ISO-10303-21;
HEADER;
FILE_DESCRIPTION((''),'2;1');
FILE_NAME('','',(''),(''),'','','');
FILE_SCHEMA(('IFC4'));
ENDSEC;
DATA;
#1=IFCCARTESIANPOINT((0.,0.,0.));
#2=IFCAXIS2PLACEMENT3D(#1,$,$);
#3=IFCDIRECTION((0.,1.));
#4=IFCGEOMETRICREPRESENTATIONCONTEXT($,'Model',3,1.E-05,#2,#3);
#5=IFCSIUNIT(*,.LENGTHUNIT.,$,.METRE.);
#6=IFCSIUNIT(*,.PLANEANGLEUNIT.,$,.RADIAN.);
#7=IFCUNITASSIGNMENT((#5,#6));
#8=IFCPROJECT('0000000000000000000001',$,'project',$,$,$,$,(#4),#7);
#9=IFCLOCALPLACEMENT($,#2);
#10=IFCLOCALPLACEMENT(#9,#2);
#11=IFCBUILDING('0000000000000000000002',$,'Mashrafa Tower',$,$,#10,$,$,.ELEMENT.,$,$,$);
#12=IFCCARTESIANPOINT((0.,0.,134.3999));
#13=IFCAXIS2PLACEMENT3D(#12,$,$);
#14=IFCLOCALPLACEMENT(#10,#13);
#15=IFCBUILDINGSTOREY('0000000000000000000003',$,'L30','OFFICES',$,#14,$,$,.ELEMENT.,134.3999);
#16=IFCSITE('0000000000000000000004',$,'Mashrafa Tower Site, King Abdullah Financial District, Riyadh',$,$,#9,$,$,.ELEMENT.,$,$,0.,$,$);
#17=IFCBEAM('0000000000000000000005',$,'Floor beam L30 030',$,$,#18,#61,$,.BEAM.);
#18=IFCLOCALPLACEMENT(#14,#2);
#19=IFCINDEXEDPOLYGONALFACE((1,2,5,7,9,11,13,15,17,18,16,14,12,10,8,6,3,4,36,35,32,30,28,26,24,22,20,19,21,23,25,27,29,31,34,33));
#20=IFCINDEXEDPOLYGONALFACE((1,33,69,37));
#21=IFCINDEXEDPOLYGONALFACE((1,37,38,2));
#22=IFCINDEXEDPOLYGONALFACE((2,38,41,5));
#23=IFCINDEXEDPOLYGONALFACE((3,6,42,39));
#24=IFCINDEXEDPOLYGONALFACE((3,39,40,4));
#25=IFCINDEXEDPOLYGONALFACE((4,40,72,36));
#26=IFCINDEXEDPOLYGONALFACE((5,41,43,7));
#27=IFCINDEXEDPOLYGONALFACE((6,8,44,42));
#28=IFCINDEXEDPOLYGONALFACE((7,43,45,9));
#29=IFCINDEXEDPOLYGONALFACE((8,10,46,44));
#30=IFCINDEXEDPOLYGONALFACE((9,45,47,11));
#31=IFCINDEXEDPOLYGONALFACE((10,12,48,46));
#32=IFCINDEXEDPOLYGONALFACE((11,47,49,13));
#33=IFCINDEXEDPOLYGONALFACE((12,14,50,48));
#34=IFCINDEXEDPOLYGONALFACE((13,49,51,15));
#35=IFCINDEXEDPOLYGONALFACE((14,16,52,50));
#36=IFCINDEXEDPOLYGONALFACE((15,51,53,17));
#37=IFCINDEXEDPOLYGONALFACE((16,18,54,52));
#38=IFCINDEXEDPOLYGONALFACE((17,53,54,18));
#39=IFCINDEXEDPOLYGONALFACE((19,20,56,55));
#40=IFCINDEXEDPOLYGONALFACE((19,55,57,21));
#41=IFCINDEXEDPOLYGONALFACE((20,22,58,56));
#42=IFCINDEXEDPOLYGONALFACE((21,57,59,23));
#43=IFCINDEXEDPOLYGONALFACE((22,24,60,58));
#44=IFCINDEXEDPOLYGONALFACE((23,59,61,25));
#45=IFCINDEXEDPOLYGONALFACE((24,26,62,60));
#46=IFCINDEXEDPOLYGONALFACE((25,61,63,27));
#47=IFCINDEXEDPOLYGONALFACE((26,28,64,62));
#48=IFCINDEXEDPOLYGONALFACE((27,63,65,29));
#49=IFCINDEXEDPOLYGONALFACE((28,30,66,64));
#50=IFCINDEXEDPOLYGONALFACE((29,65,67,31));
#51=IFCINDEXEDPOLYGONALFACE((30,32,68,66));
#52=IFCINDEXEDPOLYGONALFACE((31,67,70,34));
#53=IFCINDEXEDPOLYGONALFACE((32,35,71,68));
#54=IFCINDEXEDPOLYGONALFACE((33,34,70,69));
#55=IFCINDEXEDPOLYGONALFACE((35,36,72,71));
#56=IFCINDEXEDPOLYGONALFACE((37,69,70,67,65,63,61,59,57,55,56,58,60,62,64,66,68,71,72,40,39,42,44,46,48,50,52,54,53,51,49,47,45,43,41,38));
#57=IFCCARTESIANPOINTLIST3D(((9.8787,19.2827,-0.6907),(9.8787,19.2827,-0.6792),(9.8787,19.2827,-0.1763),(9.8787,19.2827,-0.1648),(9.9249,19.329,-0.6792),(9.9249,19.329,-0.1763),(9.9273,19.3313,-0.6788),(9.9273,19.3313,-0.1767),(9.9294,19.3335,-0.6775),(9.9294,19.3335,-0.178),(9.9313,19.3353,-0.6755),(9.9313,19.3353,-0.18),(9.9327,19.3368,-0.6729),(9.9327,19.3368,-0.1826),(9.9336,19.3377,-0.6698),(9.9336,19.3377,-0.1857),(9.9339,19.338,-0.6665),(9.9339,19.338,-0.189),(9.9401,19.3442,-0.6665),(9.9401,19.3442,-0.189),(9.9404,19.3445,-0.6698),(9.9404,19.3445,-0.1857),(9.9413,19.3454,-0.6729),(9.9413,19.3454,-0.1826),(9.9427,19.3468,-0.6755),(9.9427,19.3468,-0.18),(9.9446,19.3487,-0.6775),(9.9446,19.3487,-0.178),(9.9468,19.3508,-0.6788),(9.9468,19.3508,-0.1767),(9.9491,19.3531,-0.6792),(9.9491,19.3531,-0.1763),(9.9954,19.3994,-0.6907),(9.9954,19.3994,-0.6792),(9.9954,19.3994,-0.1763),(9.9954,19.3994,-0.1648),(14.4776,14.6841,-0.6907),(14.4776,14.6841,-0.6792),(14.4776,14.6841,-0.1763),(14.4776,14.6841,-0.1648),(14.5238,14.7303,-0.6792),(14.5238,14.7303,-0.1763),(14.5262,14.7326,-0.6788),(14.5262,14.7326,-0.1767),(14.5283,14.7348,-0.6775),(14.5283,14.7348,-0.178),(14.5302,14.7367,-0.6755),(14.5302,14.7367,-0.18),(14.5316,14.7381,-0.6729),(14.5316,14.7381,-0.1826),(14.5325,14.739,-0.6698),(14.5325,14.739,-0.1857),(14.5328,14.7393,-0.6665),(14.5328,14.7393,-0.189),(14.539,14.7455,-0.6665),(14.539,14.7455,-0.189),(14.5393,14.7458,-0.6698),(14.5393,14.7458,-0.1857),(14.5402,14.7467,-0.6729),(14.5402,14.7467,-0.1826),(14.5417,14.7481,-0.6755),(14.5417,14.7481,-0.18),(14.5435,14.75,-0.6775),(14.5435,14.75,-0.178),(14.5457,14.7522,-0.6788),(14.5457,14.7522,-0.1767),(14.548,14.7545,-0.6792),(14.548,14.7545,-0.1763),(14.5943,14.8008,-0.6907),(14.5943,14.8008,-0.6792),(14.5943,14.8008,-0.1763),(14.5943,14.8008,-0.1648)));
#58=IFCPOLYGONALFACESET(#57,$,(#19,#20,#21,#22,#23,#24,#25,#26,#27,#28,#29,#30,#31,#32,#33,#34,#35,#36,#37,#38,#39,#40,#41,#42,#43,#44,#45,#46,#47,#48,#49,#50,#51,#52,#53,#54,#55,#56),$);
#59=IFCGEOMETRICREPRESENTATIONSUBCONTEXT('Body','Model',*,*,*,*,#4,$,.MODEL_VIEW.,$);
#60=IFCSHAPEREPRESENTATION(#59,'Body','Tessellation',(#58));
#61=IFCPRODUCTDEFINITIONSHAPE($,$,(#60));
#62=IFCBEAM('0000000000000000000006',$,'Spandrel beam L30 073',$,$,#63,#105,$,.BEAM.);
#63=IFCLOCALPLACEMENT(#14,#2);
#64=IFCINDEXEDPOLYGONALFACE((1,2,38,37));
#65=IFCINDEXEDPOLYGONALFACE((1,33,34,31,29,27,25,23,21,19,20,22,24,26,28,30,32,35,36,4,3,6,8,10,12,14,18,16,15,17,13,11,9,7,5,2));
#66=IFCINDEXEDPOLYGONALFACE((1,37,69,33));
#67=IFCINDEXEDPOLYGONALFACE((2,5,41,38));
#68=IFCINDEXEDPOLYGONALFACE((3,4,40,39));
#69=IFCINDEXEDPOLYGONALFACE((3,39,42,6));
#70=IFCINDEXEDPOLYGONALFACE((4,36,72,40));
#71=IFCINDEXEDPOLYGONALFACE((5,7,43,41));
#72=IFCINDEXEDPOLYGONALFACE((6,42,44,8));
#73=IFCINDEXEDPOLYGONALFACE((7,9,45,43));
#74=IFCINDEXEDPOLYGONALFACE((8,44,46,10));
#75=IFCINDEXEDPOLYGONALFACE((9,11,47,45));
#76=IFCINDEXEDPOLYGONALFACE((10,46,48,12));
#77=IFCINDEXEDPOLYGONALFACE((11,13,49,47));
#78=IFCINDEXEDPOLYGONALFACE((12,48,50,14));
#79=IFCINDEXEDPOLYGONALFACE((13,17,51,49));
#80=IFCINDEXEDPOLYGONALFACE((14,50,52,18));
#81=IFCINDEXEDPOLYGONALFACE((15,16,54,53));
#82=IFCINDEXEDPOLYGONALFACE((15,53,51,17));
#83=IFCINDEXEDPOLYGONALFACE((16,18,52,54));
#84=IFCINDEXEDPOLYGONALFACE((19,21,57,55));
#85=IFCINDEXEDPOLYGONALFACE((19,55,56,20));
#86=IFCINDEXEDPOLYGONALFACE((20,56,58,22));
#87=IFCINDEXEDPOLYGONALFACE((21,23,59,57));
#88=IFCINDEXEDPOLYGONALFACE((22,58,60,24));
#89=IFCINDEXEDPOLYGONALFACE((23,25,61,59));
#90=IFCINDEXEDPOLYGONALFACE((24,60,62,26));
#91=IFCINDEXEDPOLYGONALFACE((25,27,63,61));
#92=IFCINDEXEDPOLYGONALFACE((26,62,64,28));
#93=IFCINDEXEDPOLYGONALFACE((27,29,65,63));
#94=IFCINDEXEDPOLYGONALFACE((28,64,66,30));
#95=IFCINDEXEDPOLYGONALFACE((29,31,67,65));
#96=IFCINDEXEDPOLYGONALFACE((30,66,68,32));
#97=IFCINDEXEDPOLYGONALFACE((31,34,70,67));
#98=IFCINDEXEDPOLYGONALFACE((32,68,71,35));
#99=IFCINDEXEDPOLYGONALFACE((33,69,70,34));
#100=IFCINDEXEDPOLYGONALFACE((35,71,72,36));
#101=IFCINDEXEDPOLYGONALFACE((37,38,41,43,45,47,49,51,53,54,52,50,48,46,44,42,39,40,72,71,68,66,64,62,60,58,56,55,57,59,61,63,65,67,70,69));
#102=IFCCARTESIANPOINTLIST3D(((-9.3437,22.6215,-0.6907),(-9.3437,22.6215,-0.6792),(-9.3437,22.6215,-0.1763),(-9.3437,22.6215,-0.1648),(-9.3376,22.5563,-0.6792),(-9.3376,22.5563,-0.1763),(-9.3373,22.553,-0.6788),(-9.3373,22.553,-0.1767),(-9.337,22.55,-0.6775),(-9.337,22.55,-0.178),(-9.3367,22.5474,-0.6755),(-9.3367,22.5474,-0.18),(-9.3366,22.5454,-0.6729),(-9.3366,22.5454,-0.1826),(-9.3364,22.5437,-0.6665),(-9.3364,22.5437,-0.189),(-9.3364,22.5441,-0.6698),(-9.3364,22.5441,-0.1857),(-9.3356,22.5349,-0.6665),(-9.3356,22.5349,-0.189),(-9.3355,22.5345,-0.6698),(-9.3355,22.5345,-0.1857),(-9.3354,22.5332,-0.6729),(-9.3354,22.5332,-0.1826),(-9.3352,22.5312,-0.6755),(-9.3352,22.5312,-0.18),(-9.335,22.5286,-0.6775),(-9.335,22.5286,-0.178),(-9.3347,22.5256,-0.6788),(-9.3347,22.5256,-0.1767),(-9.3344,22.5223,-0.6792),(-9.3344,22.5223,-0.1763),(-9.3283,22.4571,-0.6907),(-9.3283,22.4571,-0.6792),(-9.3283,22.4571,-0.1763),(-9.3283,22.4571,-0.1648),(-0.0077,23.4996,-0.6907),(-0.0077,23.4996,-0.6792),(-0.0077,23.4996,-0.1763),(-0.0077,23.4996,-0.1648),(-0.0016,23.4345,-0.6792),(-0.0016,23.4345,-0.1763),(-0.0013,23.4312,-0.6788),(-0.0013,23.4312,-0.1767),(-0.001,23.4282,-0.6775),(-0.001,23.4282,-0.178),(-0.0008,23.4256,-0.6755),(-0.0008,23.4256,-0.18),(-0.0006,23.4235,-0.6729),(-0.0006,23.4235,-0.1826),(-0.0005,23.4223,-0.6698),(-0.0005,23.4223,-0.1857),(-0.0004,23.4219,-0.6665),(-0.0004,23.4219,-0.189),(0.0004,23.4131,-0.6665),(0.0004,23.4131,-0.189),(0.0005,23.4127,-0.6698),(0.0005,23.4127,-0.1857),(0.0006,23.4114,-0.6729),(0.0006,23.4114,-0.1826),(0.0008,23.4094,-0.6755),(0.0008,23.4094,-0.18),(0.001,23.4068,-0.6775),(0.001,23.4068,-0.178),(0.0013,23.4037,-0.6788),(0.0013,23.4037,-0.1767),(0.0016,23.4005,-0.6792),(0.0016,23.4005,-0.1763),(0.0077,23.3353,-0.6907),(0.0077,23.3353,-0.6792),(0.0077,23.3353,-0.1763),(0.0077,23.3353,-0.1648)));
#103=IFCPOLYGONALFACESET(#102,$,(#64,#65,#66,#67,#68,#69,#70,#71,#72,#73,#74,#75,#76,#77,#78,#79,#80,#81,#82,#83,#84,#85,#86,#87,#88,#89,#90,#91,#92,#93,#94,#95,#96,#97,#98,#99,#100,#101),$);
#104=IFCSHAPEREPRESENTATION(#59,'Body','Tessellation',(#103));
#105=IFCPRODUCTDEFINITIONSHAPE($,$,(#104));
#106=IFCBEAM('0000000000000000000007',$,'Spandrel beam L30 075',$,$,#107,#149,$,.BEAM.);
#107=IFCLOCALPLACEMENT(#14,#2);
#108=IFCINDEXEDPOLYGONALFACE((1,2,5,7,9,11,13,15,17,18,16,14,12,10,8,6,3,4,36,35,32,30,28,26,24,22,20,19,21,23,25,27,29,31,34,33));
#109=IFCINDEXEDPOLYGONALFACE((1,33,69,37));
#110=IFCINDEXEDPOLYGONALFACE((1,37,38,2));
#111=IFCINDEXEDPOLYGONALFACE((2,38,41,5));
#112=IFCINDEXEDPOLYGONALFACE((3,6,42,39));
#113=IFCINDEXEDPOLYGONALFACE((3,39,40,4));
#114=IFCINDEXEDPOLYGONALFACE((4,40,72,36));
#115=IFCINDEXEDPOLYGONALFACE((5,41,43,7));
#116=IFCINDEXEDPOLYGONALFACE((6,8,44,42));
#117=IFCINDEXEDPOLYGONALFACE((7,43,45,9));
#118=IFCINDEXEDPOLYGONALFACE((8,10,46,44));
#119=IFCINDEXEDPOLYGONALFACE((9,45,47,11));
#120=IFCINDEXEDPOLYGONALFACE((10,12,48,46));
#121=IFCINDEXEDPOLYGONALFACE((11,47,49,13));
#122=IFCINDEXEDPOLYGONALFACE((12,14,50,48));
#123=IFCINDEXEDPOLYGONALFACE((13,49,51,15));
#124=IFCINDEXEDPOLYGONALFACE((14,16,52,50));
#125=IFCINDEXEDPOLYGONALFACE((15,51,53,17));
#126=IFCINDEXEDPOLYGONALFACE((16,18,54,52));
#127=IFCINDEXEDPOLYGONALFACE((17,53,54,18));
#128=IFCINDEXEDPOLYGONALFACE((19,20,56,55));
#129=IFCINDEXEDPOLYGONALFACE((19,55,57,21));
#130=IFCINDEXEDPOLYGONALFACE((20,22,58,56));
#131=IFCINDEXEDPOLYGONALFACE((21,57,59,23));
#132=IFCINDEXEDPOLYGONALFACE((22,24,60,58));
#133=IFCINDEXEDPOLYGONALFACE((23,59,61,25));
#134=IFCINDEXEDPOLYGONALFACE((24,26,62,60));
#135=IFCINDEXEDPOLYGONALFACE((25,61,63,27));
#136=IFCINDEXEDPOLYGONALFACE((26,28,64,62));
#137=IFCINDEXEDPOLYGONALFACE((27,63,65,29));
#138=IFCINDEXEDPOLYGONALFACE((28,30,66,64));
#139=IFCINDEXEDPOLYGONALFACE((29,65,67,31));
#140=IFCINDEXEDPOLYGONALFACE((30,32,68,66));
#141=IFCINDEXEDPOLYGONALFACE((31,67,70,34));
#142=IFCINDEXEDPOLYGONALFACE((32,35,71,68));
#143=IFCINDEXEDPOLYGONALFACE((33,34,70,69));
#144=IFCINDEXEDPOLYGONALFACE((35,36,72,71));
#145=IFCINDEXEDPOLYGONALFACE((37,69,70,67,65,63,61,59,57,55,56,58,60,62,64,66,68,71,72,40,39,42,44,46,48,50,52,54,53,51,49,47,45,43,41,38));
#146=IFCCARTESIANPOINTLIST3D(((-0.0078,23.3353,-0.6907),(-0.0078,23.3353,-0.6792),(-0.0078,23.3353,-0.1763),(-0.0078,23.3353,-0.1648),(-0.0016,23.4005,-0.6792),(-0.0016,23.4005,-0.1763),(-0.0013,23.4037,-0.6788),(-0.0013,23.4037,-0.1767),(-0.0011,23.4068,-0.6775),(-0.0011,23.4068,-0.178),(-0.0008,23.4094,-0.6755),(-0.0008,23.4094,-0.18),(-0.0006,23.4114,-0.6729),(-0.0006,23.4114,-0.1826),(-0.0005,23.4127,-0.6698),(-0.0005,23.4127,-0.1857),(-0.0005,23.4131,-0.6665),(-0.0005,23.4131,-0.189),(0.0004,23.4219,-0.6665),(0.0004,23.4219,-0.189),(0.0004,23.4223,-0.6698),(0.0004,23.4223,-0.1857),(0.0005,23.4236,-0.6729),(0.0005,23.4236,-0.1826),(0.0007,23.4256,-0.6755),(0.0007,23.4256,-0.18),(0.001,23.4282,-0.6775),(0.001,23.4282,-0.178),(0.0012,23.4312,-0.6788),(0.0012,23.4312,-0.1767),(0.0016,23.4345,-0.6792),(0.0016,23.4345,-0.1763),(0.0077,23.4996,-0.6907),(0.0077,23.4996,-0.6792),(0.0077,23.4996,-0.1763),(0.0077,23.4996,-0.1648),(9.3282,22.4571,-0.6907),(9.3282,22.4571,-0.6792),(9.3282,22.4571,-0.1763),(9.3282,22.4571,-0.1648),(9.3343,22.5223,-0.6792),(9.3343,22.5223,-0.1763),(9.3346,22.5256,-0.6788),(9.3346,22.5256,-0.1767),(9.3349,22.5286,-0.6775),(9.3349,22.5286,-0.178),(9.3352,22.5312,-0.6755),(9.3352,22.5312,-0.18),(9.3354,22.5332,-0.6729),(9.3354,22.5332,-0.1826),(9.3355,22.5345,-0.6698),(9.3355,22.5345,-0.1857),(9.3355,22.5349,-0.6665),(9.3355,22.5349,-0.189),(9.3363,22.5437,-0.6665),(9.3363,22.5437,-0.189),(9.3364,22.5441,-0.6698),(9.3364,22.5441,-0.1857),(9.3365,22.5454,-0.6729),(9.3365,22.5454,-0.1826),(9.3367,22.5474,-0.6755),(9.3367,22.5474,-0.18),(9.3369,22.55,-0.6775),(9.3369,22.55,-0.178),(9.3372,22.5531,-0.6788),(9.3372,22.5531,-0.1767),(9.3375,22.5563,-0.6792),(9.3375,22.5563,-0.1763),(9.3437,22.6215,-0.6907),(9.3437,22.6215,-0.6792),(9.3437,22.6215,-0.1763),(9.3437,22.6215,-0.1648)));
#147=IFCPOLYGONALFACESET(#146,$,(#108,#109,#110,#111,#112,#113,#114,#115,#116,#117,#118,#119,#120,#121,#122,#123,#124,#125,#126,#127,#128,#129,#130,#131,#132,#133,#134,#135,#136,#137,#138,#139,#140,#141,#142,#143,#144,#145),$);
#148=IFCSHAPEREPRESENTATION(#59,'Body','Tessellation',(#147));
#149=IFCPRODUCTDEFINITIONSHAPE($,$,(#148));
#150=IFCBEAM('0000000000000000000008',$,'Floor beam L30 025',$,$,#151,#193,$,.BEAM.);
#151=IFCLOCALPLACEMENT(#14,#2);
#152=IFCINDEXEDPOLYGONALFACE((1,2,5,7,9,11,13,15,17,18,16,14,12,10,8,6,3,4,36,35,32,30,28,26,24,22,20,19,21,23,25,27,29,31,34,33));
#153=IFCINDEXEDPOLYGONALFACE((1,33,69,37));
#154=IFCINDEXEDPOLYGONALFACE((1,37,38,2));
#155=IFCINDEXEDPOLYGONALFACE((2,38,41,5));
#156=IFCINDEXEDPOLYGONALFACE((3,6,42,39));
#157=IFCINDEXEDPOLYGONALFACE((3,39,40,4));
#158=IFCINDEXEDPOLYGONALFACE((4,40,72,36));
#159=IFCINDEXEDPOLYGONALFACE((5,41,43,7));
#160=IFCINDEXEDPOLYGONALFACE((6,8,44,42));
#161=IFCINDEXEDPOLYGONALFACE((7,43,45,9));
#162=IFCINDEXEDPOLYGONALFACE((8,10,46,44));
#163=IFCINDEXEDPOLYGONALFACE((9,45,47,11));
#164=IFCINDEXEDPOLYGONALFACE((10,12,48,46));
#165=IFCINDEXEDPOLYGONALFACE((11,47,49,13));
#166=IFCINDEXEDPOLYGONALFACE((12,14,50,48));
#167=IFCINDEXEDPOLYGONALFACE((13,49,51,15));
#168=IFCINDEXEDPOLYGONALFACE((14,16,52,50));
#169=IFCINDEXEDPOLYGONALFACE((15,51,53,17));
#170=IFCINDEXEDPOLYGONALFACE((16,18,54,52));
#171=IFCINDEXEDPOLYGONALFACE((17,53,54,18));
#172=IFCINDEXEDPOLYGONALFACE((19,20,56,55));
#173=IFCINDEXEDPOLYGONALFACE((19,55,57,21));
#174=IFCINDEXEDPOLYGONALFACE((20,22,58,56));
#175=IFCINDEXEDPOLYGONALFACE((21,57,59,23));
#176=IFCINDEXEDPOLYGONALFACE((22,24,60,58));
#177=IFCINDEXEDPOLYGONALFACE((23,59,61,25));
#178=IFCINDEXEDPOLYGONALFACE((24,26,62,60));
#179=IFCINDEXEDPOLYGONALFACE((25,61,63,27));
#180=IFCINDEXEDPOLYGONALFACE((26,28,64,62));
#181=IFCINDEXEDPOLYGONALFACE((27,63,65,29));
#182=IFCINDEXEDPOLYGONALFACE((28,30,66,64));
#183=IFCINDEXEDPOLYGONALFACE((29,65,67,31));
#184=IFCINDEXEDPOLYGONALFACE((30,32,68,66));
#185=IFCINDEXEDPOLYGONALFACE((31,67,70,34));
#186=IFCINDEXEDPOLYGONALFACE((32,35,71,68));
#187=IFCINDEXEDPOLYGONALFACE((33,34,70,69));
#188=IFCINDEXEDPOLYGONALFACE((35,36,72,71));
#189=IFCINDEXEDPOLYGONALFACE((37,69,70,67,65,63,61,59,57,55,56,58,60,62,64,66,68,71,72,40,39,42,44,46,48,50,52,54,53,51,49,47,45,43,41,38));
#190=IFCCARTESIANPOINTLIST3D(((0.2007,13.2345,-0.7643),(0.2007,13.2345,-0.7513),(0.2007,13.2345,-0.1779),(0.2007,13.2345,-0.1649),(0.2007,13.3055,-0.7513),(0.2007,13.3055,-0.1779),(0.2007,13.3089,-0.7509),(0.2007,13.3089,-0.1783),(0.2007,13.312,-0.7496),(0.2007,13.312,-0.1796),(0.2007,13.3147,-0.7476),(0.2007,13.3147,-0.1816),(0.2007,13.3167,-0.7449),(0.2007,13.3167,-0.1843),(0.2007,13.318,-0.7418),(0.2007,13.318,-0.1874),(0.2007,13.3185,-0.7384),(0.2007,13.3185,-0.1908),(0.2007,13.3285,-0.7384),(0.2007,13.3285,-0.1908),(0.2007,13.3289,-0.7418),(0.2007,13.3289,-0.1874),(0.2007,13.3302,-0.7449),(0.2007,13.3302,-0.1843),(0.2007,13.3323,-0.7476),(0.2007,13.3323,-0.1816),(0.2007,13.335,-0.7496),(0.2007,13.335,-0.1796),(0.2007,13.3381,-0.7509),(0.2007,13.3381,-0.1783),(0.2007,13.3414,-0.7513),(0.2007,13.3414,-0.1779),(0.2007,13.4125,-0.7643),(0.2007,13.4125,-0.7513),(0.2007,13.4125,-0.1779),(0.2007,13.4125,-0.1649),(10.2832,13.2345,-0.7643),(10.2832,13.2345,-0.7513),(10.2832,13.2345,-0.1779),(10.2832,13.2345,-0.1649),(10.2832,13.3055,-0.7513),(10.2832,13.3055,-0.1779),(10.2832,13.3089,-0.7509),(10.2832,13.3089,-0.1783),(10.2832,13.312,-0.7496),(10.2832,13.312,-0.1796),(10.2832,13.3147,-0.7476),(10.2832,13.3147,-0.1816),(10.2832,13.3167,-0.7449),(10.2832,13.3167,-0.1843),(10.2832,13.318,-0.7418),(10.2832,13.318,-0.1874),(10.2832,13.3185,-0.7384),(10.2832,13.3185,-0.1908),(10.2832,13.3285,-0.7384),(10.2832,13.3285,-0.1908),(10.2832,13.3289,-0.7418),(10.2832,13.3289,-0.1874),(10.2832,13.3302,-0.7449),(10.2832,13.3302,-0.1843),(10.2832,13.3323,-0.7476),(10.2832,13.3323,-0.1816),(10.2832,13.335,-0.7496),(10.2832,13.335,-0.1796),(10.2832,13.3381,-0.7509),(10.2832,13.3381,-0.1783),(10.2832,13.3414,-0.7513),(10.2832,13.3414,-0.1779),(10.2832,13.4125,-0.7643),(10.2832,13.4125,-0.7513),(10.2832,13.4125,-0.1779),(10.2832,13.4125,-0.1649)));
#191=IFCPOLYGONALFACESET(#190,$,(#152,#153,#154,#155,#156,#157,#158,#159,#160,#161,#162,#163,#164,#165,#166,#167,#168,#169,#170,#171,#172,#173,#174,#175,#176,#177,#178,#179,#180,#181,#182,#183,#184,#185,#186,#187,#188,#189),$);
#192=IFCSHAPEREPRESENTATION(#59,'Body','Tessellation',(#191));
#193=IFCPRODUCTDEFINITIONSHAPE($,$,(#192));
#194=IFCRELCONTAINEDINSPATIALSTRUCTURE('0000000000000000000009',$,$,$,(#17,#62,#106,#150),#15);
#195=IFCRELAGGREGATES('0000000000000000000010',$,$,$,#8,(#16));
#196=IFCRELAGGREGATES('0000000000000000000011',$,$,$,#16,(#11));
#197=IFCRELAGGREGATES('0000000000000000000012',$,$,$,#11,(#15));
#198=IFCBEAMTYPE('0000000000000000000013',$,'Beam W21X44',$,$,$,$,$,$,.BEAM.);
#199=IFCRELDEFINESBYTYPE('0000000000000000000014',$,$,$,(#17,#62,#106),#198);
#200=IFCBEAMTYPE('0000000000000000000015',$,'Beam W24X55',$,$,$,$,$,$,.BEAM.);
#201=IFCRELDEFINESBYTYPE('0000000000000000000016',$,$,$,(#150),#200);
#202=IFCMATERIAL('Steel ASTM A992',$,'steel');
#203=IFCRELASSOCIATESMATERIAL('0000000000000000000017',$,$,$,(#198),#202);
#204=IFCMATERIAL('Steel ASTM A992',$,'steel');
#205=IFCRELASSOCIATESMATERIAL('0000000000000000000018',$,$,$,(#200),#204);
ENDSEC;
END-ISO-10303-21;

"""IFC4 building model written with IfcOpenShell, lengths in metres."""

from ifc_helpers import new_model, si_unit, direction, frame, origin, origin_2d, place, context, subcontext, project, spatial, i_section, extrude, material, material_profile, profile_set, type_object, element, save


model = new_model("IFC4")

# Units and contexts
model_context = context("Model", 3, precision=1e-05, world=origin(), true_north=direction((0.0, 1.0)))
body_context = subcontext(model_context, "Body", "Model", "MODEL_VIEW")
ifc_project = project(units=[si_unit("LENGTHUNIT", "METRE"), si_unit("PLANEANGLEUNIT", "RADIAN")], contexts=[model_context])

# Site, building, storey
site_placement = place(None, origin())
site = spatial("IfcSite", under=ifc_project, at=site_placement, Name="Mashrafa Tower Site, King Abdullah Financial District, Riyadh", CompositionType="ELEMENT", RefElevation=0.0)
building_placement = place(site_placement, origin())
building = spatial("IfcBuilding", under=site, at=building_placement, Name="Mashrafa Tower", CompositionType="ELEMENT")
storey_placement = place(building_placement, frame((0.0, 0.0, 134.3999)))
storey = spatial("IfcBuildingStorey", under=building, at=storey_placement, Name="L30", Description="OFFICES", CompositionType="ELEMENT", Elevation=134.3999)

# Beams
ifc_material_1 = material(Name="Steel ASTM A992", Category="steel")
ifc_material_profile_1 = material_profile(ifc_material_1, i_section(OverallWidth=0.165, OverallDepth=0.5259, WebThickness=0.0088, FlangeThickness=0.0115, FilletRadius=0.0127, at=origin_2d()), Name="W21X44")
ifc_profile_set_1 = profile_set([ifc_material_profile_1], Name="Steel ASTM A992")
beam_type_1 = type_object("IfcBeamType", Name="Beam W21X44", PredefinedType="BEAM", material=ifc_profile_set_1)
beam_1_placement = place(storey_placement, frame((9.937, 19.3411, -0.4277), z_axis=(0.707126, -0.707088, 0.0), x_axis=(0.707088, 0.707126, 0.0)))
element("IfcBeam", 1, at=beam_1_placement, inside=storey, type_object=beam_type_1, Name="Floor beam L30 030", PredefinedType="BEAM", context=body_context, shape_type="SweptSolid", body=[
    extrude(i_section(OverallWidth=0.165, OverallDepth=0.5259, WebThickness=0.0088, FlangeThickness=0.0115, FilletRadius=0.0127, at=origin_2d()), origin(), (0.0, 0.0, 1.0), 6.5037),
])
for number, where, z_axis, x_axis, name in (
    (2, (0.0, 23.4175, -0.4277), (-0.995605, -0.09365, 0.0), (0.09365, -0.995605, 0.0), "Spandrel beam L30 073"),
    (3, (9.3359, 22.5393, -0.4277), (-0.995605, 0.09365, 0.0), (-0.09365, -0.995605, 0.0), "Spandrel beam L30 075"),
):
    element("IfcBeam", number, at=place(storey_placement, frame(where, z_axis=z_axis, x_axis=x_axis)), inside=storey, type_object=beam_type_1, Name=name, PredefinedType="BEAM", context=body_context, shape_type="SweptSolid", body=[
        extrude(i_section(OverallWidth=0.165, OverallDepth=0.5259, WebThickness=0.0088, FlangeThickness=0.0115, FilletRadius=0.0127, at=origin_2d()), origin(), (0.0, 0.0, 1.0), 9.3772),
    ])
ifc_material_2 = material(Name="Steel ASTM A992", Category="steel")
ifc_material_profile_2 = material_profile(ifc_material_2, i_section(OverallWidth=0.178, OverallDepth=0.5994, WebThickness=0.01, FlangeThickness=0.0129, FilletRadius=0.0129, at=origin_2d()), Name="W24X55")
ifc_profile_set_2 = profile_set([ifc_material_profile_2], Name="Steel ASTM A992")
beam_type_2 = type_object("IfcBeamType", Name="Beam W24X55", PredefinedType="BEAM", material=ifc_profile_set_2)
beam_2_placement = place(storey_placement, frame((0.2007, 13.3235, -0.4646), z_axis=(1.0, 0.0, 0.0), x_axis=(0.0, 1.0, 0.0)))
element("IfcBeam", 4, at=beam_2_placement, inside=storey, type_object=beam_type_2, Name="Floor beam L30 025", PredefinedType="BEAM", context=body_context, shape_type="SweptSolid", body=[
    extrude(i_section(OverallWidth=0.178, OverallDepth=0.5994, WebThickness=0.01, FlangeThickness=0.0129, FilletRadius=0.0129, at=origin_2d()), origin(), (0.0, 0.0, 1.0), 10.0825),
])

save(model, "model.ifc")
